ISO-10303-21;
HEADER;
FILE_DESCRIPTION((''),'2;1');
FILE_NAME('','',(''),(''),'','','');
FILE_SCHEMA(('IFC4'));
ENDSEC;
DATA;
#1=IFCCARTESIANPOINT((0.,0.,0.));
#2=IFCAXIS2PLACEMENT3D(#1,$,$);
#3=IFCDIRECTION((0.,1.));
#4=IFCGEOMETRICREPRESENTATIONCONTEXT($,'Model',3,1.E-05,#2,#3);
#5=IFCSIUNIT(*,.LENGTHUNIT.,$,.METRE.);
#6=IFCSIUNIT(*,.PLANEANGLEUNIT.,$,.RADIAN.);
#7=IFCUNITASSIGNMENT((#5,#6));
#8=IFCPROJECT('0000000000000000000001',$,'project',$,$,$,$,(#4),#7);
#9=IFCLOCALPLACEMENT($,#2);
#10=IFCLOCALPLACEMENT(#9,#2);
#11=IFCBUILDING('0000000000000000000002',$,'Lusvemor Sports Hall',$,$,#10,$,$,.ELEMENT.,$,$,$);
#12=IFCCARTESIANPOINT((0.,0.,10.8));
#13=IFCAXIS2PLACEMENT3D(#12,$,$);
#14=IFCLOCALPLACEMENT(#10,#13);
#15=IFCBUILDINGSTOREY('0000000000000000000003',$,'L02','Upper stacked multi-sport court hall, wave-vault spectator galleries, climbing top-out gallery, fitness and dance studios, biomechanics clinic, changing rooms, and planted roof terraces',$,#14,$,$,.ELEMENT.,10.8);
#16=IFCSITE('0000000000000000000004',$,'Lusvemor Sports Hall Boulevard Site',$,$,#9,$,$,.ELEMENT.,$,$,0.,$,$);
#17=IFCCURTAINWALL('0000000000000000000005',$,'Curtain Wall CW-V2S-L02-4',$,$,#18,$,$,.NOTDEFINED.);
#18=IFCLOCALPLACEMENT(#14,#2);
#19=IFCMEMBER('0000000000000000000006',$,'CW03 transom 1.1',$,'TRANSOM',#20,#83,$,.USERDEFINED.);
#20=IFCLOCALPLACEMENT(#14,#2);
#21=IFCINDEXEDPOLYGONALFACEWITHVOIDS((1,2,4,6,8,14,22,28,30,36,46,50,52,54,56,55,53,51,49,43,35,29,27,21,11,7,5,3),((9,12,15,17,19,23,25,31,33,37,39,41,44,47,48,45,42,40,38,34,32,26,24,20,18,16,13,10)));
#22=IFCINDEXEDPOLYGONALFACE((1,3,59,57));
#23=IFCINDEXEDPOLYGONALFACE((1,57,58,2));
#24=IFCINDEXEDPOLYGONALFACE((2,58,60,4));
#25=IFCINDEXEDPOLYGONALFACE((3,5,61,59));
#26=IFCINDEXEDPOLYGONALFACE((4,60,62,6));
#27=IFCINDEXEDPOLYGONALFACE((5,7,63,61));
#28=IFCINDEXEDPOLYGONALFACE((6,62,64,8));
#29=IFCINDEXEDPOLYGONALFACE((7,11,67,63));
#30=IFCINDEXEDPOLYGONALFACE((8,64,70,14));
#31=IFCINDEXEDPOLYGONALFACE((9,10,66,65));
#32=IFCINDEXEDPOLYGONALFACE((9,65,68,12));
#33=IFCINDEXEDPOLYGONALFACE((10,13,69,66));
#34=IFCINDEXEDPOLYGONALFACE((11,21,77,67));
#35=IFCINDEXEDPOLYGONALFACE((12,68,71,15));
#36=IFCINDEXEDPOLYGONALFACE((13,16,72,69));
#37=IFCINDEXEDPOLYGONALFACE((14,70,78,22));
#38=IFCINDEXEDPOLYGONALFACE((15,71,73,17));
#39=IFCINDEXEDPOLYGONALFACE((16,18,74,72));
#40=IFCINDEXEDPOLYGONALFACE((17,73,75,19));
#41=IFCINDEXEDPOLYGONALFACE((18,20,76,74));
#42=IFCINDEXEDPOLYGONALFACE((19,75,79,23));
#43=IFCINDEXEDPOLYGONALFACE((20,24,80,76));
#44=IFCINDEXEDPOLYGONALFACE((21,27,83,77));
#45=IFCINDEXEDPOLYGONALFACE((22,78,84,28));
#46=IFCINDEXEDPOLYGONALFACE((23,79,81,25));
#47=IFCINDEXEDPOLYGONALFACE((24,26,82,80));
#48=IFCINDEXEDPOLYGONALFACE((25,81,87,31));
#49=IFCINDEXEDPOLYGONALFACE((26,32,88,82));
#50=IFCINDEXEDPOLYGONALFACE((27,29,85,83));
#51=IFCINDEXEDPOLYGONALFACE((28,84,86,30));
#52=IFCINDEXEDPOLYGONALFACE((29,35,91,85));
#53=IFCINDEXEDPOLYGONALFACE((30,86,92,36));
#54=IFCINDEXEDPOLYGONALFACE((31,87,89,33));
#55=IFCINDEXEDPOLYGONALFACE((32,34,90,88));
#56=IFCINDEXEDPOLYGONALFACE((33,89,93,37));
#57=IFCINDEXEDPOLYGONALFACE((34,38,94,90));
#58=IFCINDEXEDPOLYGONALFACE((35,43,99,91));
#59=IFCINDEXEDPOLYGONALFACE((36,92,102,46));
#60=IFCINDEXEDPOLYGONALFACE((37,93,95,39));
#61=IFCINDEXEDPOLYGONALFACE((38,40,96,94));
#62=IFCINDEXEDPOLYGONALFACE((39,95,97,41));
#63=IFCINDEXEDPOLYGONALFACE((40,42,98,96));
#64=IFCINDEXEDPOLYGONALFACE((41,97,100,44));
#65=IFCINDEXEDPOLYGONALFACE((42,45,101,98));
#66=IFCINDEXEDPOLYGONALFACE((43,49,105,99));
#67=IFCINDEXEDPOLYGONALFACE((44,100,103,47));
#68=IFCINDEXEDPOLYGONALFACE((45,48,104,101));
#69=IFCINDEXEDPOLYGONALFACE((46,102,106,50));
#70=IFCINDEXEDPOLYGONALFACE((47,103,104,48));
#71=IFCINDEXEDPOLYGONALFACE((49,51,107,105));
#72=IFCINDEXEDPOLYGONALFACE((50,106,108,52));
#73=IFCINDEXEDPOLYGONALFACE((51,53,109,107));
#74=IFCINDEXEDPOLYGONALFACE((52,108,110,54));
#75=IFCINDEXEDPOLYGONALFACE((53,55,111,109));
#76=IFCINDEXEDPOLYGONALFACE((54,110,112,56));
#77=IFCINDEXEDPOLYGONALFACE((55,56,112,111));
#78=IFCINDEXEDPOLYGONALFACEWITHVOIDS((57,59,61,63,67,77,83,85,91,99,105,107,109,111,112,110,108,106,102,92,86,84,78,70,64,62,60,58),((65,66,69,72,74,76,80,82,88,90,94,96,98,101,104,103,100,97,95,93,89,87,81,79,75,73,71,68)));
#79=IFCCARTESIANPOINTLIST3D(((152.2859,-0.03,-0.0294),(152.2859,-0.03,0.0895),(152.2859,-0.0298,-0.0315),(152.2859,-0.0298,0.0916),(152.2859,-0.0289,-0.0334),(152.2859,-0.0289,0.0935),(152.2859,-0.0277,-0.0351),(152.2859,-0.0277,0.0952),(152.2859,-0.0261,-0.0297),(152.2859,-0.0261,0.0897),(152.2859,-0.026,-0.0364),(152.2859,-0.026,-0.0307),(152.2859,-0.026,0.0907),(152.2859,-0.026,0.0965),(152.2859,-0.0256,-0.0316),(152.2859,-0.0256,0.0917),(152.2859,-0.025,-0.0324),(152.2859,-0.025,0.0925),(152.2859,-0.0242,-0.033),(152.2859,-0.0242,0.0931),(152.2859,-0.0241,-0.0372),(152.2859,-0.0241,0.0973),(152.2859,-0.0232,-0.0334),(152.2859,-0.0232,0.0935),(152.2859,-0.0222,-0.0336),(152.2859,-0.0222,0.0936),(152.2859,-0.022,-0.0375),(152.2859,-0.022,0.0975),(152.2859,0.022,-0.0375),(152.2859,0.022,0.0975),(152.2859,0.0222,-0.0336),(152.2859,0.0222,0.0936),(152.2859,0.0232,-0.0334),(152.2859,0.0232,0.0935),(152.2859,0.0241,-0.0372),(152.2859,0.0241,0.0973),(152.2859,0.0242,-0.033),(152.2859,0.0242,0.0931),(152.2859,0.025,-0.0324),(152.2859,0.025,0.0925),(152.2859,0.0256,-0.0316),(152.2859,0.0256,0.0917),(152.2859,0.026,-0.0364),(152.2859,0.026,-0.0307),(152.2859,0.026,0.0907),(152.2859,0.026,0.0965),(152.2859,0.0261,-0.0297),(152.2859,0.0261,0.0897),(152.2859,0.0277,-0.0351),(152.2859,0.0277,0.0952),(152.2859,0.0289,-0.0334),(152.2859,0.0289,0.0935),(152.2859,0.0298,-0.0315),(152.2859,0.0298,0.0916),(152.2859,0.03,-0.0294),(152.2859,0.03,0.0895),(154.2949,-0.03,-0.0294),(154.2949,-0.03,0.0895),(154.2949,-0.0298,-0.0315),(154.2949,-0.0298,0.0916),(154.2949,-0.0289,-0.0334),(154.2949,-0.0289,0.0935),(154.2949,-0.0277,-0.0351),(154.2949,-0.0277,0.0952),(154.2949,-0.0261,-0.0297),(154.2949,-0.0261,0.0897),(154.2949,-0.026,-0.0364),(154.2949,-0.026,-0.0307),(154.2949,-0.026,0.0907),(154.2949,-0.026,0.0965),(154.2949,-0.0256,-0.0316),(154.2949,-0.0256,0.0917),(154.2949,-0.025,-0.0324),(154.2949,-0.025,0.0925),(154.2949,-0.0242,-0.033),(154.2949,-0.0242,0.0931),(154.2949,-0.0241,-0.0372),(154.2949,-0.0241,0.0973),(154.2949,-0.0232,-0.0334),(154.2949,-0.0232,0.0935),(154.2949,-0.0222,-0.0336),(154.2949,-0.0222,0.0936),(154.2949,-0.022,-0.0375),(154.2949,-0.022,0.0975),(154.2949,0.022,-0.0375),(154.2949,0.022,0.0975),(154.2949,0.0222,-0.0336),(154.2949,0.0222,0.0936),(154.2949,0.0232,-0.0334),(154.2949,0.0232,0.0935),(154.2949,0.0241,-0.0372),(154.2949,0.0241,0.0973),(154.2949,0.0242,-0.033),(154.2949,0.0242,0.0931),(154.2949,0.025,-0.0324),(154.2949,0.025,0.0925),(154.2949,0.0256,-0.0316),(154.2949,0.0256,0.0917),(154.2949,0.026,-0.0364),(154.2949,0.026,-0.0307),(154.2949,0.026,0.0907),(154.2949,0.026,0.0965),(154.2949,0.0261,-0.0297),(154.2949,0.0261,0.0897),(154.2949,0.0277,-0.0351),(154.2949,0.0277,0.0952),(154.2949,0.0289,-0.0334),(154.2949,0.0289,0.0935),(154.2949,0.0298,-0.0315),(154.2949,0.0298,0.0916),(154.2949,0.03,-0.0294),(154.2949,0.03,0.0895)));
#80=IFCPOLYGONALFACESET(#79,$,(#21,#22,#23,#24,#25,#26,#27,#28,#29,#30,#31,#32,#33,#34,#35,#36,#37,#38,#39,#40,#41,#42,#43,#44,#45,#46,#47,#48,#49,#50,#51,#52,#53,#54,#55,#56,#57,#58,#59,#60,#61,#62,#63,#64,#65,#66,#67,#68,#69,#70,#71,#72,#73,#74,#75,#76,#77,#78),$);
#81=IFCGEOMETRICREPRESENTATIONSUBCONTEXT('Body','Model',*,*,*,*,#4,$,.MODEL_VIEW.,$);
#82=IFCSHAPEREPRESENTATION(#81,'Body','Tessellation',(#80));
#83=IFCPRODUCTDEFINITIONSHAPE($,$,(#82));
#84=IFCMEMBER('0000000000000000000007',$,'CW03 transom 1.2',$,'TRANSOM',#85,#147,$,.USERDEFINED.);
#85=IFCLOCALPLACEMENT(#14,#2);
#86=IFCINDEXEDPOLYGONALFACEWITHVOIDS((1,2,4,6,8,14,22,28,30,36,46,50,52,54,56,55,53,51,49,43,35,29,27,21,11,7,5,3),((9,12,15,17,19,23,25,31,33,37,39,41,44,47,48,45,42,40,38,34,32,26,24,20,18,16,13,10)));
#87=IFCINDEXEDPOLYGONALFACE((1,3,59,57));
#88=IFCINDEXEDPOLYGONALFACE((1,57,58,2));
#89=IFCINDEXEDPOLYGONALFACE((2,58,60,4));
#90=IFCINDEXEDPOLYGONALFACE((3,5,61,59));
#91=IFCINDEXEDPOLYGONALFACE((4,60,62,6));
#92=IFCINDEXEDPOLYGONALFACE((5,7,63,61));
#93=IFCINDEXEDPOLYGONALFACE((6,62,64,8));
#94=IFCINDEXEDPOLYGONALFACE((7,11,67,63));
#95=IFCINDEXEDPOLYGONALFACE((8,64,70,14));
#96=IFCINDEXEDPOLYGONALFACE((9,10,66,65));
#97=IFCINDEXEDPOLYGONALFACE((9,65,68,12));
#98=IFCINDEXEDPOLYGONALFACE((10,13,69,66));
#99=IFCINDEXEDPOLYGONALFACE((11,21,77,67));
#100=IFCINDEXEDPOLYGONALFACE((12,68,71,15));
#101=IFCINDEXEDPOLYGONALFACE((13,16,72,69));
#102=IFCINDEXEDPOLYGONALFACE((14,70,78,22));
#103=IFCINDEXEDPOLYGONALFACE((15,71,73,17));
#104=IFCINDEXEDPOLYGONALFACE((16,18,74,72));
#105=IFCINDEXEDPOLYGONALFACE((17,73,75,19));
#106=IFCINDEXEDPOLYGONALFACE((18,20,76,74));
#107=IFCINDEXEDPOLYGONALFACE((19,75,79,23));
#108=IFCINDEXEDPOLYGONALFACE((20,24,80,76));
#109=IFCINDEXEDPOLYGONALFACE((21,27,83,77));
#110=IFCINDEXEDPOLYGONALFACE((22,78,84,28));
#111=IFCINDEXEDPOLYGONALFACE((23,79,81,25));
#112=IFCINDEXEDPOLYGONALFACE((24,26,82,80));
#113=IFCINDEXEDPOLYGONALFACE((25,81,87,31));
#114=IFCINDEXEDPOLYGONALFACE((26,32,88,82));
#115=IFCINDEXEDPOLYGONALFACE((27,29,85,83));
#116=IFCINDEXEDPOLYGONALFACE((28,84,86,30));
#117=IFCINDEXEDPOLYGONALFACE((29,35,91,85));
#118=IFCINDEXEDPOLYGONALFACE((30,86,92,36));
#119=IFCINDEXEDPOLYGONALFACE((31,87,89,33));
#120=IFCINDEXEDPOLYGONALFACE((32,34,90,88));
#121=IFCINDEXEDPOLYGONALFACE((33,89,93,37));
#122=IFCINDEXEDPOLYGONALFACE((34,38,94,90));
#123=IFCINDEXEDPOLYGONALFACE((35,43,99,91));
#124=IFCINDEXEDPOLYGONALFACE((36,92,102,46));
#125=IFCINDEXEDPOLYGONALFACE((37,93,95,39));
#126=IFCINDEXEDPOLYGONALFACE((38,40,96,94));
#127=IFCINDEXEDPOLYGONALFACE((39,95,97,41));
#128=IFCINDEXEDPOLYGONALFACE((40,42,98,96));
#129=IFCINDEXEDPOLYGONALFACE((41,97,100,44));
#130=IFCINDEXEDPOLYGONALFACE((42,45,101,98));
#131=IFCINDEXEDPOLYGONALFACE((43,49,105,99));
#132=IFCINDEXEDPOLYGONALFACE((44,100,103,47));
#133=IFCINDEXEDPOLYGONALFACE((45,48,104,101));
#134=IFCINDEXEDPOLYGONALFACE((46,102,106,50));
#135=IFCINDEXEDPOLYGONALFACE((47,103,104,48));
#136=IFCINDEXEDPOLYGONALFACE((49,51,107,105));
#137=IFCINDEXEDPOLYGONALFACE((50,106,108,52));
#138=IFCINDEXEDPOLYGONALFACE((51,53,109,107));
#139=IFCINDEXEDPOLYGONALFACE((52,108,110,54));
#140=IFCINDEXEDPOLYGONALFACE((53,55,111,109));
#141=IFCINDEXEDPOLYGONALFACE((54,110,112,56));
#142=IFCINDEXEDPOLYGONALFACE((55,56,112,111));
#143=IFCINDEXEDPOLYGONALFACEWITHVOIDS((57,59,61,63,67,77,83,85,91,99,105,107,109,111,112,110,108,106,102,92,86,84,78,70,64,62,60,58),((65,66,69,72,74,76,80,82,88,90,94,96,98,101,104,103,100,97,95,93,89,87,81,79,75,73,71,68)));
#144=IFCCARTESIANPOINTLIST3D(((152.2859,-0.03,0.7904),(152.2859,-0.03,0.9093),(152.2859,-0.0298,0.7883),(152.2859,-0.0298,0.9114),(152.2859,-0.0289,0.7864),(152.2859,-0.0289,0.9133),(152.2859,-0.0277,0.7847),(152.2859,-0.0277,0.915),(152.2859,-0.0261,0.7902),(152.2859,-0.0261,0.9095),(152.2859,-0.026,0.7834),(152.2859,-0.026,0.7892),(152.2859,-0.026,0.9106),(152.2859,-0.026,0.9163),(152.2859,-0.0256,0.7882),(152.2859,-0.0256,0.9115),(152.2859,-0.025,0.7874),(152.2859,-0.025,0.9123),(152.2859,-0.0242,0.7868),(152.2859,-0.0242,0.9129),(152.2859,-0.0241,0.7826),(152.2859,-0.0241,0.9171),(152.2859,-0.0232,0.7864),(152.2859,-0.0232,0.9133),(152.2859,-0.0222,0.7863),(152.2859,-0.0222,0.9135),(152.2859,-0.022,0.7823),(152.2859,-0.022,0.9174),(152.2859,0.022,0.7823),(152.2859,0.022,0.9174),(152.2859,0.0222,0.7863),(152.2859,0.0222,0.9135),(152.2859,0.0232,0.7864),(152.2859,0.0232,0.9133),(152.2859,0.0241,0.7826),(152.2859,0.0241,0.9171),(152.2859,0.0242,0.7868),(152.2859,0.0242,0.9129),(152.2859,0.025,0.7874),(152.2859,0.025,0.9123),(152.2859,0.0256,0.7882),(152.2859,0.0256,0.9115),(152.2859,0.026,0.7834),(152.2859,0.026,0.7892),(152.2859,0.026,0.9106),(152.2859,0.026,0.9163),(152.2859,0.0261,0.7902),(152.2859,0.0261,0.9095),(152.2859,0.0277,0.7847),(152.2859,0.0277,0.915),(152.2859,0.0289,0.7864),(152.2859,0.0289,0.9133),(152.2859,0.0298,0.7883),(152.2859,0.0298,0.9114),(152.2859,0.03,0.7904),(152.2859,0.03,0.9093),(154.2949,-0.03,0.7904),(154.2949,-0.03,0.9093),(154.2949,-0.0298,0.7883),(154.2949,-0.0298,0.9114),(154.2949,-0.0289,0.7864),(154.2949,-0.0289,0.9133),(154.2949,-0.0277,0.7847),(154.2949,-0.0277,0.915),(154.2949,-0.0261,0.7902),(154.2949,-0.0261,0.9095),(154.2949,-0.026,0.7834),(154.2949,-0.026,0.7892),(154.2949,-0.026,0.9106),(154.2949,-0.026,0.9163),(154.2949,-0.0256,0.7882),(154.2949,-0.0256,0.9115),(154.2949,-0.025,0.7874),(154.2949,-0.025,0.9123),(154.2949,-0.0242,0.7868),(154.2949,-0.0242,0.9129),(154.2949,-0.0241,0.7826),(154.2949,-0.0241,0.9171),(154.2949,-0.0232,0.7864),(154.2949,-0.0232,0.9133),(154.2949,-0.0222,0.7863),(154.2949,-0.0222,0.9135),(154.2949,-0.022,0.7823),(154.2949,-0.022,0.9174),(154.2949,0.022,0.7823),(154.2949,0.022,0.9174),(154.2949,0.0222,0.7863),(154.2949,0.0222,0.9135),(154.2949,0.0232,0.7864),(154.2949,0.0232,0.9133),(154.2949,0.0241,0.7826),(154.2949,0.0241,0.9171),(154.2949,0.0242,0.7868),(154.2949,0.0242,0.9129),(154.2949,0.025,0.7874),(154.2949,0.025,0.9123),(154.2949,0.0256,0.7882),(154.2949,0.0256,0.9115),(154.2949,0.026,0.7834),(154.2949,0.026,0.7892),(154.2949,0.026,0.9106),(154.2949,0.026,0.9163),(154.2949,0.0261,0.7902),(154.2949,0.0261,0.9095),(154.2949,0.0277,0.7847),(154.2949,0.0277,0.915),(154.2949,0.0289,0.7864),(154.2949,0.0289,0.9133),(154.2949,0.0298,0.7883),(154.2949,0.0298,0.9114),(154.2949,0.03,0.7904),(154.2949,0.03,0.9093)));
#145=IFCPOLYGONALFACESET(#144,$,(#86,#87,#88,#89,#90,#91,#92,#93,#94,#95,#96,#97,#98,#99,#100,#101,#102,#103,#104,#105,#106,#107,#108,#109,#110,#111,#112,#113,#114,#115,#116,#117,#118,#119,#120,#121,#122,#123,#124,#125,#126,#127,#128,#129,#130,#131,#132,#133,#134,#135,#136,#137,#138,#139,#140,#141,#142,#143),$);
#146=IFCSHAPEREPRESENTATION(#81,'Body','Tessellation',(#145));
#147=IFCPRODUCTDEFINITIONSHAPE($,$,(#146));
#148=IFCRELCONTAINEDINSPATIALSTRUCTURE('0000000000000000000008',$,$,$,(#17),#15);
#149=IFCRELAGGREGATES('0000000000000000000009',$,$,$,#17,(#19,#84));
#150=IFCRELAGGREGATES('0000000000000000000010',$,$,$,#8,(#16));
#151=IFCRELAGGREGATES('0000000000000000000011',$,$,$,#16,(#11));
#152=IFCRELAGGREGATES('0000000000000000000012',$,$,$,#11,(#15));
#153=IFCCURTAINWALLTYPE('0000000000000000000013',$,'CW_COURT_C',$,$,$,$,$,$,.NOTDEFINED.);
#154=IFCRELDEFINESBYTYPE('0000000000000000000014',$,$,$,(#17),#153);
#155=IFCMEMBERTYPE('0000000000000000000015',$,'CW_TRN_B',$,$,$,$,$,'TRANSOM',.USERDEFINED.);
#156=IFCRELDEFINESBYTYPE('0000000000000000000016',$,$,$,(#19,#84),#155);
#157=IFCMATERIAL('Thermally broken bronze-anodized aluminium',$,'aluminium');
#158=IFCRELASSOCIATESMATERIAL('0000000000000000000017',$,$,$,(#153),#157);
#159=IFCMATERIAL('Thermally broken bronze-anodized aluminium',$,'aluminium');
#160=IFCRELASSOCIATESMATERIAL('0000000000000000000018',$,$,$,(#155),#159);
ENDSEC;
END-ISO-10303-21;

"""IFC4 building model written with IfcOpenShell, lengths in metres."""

from ifc_helpers import new_model, si_unit, direction, frame, origin, origin_2d, place, context, subcontext, project, spatial, hollow_rectangle, extrude, material, material_profile, profile_set, type_object, element, aggregate, save


model = new_model("IFC4")

# Units and contexts
model_context = context("Model", 3, precision=1e-05, world=origin(), true_north=direction((0.0, 1.0)))
body_context = subcontext(model_context, "Body", "Model", "MODEL_VIEW")
ifc_project = project(units=[si_unit("LENGTHUNIT", "METRE"), si_unit("PLANEANGLEUNIT", "RADIAN")], contexts=[model_context])

# Site, building, storey
site_placement = place(None, origin())
site = spatial("IfcSite", under=ifc_project, at=site_placement, Name="Lusvemor Sports Hall Boulevard Site", CompositionType="ELEMENT", RefElevation=0.0)
building_placement = place(site_placement, origin())
building = spatial("IfcBuilding", under=site, at=building_placement, Name="Lusvemor Sports Hall", CompositionType="ELEMENT")
storey_placement = place(building_placement, frame((0.0, 0.0, 10.8)))
storey = spatial("IfcBuildingStorey", under=building, at=storey_placement, Name="L02", Description="Upper stacked multi-sport court hall, wave-vault spectator galleries, climbing top-out gallery, fitness and dance studios, biomechanics clinic, changing rooms, and planted roof terraces", CompositionType="ELEMENT", Elevation=10.8)

# Curtain wall
ifc_material_1 = material(Name="Thermally broken bronze-anodized aluminium", Category="aluminium")
curtain_wall_type = type_object("IfcCurtainWallType", Name="CW_COURT_C", PredefinedType="NOTDEFINED", material=ifc_material_1)
curtain_wall_1_placement = place(storey_placement, origin())
curtain_wall_1 = element("IfcCurtainWall", 1, at=curtain_wall_1_placement, inside=storey, type_object=curtain_wall_type, Name="Curtain Wall CW-V2S-L02-4", PredefinedType="NOTDEFINED")

# Members
ifc_material_2 = material(Name="Thermally broken bronze-anodized aluminium", Category="aluminium")
ifc_material_profile_1 = material_profile(ifc_material_2, hollow_rectangle(XDim=0.0601, YDim=0.135, WallThickness=0.0039, InnerFilletRadius=0.0039, OuterFilletRadius=0.0081, at=origin_2d()), Name="CWTRN135x60x4")
ifc_profile_set_1 = profile_set([ifc_material_profile_1], Name="Thermally broken bronze-anodized aluminium")
member_type_1 = type_object("IfcMemberType", Name="CW_TRN_B", ElementType="TRANSOM", PredefinedType="USERDEFINED", material=ifc_profile_set_1)
member_1_placement = place(storey_placement, frame((154.2949, 0.0, 0.03), z_axis=(-1.0, 0.0, 0.0), x_axis=(0.0, -1.0, 0.0)))
member_1 = element("IfcMember", 2, at=member_1_placement, type_object=member_type_1, Name="CW03 transom 1.1", ObjectType="TRANSOM", PredefinedType="USERDEFINED", context=body_context, shape_type="SweptSolid", body=[
    extrude(hollow_rectangle(XDim=0.0601, YDim=0.135, WallThickness=0.0039, InnerFilletRadius=0.0039, OuterFilletRadius=0.0081, at=origin_2d()), origin(), (0.0, 0.0, 1.0), 2.009),
])
member_2_placement = place(storey_placement, frame((154.2949, 0.0, 0.8499), z_axis=(-1.0, 0.0, 0.0), x_axis=(0.0, -1.0, 0.0)))
member_2 = element("IfcMember", 3, at=member_2_placement, type_object=member_type_1, Name="CW03 transom 1.2", ObjectType="TRANSOM", PredefinedType="USERDEFINED", context=body_context, shape_type="SweptSolid", body=[
    extrude(hollow_rectangle(XDim=0.0601, YDim=0.135, WallThickness=0.0039, InnerFilletRadius=0.0039, OuterFilletRadius=0.0081, at=origin_2d()), origin(), (0.0, 0.0, 1.0), 2.009),
])
aggregate(curtain_wall_1, [member_1, member_2])

save(model, "model.ifc")
